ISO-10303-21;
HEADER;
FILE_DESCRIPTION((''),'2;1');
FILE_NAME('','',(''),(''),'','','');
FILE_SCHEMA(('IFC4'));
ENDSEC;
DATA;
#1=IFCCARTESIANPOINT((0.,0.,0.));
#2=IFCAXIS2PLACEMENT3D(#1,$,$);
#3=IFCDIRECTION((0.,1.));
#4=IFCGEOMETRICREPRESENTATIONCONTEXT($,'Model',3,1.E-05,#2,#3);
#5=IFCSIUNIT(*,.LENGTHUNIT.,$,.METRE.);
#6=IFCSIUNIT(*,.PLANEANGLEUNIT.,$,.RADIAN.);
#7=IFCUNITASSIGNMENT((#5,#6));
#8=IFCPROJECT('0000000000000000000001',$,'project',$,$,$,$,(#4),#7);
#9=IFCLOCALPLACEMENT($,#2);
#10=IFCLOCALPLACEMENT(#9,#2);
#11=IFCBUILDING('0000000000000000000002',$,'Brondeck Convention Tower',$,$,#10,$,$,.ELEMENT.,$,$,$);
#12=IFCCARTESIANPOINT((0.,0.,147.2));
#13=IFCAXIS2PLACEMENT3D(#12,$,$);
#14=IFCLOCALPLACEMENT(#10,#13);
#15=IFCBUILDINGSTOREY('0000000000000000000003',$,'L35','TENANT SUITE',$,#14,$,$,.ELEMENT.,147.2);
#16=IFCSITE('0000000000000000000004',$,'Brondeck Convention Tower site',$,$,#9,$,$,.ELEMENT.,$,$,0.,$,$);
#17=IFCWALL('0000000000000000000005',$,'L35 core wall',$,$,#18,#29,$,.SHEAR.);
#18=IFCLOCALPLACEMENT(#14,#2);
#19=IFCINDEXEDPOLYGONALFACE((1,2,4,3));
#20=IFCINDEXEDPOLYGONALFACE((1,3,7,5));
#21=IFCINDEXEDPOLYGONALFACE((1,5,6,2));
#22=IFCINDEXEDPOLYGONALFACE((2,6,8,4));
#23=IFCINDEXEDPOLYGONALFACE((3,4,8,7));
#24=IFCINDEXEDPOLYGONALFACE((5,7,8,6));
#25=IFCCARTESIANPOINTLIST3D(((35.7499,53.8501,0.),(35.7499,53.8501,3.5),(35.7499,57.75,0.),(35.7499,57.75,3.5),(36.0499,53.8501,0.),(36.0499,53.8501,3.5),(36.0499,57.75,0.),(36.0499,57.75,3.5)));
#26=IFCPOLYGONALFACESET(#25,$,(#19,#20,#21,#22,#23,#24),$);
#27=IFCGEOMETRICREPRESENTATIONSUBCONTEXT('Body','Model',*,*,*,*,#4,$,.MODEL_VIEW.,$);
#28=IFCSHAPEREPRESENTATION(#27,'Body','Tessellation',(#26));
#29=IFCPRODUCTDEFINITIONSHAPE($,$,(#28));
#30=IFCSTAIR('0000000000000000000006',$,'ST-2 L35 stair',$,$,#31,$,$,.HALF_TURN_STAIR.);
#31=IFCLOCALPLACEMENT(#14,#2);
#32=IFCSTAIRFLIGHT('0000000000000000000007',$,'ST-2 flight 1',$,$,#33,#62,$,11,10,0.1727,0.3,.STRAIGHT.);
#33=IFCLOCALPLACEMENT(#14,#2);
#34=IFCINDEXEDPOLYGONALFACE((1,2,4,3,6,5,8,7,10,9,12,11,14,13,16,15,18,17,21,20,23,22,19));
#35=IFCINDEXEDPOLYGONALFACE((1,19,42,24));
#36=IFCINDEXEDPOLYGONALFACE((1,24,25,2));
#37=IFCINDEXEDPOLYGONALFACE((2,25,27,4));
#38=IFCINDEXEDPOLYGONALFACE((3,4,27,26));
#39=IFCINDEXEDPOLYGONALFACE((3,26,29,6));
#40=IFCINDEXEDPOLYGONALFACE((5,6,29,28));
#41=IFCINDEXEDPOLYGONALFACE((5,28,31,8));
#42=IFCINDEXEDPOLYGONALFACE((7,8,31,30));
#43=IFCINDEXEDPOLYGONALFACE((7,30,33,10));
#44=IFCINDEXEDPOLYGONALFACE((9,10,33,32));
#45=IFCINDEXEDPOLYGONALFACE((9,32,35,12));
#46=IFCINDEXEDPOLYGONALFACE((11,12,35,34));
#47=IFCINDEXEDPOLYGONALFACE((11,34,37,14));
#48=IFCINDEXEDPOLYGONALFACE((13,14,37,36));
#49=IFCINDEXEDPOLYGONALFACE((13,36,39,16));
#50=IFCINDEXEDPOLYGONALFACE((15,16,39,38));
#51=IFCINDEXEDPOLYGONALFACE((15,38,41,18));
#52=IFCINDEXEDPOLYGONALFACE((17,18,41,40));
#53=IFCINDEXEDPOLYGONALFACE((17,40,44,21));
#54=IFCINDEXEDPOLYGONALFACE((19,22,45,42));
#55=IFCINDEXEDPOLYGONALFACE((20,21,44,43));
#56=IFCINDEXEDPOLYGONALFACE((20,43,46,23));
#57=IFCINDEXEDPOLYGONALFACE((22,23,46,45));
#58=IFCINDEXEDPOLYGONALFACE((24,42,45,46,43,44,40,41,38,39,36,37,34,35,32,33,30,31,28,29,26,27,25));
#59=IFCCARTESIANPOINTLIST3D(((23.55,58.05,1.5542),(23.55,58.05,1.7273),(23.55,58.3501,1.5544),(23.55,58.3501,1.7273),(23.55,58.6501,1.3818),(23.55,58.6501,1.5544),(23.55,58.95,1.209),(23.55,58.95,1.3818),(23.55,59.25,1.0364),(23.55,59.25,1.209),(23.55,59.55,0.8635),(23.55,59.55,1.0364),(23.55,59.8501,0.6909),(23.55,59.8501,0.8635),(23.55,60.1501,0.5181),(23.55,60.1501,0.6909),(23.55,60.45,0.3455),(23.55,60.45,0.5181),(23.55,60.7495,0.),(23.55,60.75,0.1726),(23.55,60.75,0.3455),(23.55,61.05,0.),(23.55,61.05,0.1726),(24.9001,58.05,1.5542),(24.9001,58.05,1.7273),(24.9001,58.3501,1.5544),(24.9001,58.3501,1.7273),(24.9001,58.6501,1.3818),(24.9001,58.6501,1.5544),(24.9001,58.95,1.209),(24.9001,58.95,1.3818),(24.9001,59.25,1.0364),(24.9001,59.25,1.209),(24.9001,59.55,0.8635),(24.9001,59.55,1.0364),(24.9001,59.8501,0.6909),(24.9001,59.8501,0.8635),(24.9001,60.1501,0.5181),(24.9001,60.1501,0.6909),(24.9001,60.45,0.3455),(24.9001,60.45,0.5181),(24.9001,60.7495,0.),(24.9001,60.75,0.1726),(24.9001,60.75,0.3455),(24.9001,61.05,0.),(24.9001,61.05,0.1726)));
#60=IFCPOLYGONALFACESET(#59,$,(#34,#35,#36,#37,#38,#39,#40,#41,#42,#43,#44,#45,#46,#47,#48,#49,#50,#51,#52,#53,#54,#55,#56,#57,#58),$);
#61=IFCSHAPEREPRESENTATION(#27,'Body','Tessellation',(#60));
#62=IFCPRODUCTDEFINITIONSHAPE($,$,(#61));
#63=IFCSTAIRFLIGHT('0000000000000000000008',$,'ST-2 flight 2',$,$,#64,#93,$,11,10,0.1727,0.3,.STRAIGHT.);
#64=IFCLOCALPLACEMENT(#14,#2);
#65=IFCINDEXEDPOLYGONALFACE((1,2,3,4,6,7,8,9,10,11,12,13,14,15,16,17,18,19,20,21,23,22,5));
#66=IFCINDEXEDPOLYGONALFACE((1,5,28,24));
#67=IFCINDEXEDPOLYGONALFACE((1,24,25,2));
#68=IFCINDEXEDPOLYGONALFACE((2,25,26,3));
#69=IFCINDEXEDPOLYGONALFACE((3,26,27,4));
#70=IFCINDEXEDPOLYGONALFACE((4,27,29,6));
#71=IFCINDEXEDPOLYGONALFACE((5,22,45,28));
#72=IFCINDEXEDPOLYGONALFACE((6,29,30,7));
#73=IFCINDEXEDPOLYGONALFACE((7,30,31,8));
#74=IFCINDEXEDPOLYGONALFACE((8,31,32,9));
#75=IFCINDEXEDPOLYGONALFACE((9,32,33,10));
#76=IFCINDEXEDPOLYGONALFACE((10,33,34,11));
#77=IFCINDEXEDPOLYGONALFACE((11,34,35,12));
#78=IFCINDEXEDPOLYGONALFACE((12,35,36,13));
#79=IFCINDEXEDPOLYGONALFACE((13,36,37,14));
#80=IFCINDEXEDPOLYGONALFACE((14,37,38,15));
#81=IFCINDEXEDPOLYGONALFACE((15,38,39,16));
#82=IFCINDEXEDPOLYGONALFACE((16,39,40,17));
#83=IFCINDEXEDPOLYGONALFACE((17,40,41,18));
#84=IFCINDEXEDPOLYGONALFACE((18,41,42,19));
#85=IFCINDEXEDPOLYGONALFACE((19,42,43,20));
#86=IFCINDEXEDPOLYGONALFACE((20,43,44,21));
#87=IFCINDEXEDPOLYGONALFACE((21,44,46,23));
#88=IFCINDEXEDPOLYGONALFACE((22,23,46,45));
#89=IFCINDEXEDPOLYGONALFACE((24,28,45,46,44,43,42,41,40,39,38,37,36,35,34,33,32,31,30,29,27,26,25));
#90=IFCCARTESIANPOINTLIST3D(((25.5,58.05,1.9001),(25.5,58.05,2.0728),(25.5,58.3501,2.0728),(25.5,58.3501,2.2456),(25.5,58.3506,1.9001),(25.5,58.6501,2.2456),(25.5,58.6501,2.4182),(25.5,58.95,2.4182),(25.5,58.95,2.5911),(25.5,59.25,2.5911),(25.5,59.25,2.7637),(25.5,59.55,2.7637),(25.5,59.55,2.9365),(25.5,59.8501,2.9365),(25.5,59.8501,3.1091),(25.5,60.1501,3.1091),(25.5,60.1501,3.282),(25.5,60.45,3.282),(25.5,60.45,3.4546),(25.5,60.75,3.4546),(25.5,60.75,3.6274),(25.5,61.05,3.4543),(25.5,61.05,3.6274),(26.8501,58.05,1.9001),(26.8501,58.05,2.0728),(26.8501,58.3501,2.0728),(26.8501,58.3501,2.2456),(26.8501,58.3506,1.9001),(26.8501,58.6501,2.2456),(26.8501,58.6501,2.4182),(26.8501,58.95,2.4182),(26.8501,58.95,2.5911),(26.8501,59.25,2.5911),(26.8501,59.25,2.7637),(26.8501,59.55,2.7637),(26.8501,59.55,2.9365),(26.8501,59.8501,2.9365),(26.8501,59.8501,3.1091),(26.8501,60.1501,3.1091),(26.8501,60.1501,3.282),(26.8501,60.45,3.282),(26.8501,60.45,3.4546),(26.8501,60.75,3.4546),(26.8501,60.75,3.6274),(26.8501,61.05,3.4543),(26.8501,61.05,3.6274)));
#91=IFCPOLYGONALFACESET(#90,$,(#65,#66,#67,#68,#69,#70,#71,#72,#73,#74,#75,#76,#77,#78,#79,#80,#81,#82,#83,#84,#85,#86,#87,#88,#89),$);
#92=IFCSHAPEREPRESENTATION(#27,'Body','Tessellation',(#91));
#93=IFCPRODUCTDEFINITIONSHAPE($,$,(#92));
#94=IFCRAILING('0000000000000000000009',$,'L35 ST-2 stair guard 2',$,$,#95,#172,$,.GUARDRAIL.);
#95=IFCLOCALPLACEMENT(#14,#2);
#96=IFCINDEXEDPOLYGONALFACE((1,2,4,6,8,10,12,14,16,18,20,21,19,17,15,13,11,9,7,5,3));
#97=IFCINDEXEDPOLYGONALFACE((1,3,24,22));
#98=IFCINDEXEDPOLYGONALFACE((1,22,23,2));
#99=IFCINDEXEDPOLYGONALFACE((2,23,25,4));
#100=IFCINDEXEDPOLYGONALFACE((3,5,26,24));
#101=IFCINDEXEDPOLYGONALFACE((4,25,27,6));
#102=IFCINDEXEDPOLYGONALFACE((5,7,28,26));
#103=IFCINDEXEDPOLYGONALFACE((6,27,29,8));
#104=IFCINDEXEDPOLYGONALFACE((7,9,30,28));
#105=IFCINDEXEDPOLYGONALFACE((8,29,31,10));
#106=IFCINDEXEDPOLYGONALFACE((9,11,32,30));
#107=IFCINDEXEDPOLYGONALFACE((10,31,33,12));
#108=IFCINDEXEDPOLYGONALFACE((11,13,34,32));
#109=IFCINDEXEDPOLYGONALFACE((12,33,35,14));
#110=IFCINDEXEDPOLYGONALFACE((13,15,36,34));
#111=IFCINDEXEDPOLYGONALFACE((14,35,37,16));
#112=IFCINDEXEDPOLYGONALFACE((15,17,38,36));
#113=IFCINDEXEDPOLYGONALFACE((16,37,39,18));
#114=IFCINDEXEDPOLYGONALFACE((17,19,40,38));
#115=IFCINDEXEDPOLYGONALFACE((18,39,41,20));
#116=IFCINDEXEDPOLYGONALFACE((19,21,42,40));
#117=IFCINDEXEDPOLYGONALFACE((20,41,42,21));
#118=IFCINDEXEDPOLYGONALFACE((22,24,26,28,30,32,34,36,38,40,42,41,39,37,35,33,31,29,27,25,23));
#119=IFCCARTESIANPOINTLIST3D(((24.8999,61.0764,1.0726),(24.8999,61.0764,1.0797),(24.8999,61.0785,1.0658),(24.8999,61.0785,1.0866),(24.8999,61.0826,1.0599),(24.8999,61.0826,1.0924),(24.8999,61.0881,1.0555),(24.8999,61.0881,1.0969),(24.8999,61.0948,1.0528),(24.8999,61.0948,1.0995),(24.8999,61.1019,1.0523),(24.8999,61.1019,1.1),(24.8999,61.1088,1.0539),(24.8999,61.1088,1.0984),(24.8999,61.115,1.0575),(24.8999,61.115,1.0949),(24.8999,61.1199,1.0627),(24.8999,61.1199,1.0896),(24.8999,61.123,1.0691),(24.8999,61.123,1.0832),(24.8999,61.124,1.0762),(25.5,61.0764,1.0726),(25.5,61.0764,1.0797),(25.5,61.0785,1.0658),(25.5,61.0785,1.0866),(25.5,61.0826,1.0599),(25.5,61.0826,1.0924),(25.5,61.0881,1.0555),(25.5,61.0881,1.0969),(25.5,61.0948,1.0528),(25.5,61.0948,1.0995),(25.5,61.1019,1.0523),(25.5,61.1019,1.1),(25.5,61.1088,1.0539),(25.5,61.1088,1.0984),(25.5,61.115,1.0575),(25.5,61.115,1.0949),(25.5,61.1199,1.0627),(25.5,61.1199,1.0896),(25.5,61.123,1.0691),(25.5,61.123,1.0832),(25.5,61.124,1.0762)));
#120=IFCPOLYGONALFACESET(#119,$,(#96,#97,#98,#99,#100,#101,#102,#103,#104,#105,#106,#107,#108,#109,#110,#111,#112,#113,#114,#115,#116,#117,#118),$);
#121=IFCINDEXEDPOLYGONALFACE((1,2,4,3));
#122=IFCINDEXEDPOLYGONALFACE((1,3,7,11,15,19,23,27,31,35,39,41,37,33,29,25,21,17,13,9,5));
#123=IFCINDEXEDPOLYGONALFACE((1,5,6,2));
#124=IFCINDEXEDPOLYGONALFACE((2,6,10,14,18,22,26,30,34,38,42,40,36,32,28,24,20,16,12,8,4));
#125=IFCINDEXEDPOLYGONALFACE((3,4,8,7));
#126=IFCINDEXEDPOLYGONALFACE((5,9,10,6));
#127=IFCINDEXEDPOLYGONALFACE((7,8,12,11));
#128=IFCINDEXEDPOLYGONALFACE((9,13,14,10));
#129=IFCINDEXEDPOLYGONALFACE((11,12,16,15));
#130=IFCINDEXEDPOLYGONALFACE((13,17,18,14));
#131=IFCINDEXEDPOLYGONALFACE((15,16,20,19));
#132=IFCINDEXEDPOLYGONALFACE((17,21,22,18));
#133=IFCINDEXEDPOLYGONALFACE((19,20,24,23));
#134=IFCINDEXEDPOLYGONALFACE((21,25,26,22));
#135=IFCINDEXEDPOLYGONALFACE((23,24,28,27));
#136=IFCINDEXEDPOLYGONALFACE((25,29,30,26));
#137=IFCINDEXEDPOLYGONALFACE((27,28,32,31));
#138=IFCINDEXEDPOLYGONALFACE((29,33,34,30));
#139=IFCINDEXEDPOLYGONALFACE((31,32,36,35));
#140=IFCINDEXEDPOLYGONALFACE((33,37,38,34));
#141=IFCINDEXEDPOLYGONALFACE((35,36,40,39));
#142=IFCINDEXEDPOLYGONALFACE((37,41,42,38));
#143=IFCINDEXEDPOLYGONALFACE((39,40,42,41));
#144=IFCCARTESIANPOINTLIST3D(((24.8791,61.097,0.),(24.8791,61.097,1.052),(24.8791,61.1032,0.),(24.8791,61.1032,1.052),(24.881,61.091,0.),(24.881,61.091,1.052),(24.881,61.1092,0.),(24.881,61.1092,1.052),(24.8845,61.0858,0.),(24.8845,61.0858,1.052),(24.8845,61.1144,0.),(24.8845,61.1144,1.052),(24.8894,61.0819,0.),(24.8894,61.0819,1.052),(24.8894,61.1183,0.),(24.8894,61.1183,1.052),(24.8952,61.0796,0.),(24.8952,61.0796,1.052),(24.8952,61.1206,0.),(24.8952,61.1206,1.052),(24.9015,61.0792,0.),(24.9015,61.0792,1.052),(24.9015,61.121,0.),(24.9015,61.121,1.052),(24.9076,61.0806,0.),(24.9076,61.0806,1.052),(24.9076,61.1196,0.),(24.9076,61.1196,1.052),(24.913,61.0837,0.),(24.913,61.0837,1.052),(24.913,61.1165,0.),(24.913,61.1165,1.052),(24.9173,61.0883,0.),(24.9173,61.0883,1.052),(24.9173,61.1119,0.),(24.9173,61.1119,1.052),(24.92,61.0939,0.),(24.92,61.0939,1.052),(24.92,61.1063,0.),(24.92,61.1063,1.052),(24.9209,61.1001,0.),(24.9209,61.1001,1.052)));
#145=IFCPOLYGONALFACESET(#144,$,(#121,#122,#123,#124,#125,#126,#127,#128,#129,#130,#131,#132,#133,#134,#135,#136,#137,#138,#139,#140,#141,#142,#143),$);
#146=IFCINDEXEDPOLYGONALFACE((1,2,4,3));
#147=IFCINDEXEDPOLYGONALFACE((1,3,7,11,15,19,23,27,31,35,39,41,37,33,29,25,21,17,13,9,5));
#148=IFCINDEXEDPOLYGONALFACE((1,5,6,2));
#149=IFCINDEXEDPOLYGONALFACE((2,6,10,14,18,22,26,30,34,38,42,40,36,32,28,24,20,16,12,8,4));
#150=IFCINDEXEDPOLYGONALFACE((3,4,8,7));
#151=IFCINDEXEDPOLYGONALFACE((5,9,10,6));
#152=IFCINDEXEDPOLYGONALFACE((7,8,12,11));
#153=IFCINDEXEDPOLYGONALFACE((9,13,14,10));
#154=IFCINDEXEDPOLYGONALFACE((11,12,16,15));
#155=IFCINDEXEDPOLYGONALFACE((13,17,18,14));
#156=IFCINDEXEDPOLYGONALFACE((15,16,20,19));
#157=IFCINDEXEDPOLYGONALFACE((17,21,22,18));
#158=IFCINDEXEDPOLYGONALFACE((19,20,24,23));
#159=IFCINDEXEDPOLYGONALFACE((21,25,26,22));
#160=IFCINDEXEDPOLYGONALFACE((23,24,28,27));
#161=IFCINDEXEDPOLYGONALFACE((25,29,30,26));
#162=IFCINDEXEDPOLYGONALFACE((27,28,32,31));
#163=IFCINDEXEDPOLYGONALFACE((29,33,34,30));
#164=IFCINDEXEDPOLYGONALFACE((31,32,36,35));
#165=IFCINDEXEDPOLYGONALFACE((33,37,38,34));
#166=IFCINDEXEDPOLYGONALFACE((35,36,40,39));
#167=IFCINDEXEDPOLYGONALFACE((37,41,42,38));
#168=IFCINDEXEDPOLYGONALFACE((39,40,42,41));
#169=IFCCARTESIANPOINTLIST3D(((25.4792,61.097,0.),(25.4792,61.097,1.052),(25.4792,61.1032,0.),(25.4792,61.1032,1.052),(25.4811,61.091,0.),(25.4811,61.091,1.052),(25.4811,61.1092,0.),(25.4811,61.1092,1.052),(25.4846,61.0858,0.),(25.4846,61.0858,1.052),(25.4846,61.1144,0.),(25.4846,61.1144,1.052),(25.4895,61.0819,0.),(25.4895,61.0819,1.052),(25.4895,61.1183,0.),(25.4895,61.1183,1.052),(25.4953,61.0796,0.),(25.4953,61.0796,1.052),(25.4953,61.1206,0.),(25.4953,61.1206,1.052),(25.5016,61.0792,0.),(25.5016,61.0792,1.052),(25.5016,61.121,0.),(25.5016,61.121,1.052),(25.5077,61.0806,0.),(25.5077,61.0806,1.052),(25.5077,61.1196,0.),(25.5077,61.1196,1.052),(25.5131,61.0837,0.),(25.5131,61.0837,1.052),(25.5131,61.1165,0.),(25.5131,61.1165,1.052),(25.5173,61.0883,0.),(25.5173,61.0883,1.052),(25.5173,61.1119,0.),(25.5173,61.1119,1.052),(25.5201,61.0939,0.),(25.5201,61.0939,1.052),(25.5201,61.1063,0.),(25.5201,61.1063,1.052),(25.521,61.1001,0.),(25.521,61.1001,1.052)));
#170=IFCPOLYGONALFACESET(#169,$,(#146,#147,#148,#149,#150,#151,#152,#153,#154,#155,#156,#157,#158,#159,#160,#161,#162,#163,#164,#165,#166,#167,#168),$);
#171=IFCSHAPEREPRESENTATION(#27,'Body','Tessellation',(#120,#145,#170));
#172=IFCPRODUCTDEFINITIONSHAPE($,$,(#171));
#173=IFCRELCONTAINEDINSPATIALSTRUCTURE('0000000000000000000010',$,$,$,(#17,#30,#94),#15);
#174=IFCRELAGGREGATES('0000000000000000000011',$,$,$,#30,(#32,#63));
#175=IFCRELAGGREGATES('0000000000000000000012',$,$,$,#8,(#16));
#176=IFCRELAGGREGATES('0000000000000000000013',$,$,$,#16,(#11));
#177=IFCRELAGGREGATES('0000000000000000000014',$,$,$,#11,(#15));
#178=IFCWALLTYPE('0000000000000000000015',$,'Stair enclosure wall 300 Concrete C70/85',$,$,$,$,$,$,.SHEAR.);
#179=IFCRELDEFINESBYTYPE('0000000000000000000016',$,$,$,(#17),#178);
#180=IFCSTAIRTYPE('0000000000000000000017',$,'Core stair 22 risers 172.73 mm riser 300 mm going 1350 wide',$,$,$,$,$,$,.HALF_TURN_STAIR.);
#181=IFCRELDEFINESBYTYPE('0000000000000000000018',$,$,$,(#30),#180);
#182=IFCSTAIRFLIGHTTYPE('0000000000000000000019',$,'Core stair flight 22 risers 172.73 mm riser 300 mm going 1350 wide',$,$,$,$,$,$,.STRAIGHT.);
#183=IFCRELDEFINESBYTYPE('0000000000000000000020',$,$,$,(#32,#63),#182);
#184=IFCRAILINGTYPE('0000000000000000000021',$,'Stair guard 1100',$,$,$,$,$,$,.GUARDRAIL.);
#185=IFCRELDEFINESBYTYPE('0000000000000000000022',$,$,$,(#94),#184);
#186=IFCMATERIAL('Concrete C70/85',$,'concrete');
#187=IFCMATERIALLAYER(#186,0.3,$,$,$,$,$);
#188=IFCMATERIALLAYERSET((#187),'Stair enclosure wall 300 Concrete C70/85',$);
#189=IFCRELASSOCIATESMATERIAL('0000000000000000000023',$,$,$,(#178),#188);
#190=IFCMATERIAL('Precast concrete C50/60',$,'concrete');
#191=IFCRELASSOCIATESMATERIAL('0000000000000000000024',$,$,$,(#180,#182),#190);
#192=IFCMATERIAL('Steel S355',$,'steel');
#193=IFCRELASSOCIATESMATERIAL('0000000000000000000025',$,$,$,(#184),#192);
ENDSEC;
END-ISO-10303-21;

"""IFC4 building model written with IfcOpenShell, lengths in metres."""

from ifc_helpers import new_model, si_unit, direction, frame, frame_2d, origin, origin_2d, place, context, subcontext, project, spatial, polyline, rectangle, circle, outline, extrude, material, layer, layer_set, type_object, element, aggregate, save


model = new_model("IFC4")

# Units and contexts
model_context = context("Model", 3, precision=1e-05, world=origin(), true_north=direction((0.0, 1.0)))
body_context = subcontext(model_context, "Body", "Model", "MODEL_VIEW")
ifc_project = project(units=[si_unit("LENGTHUNIT", "METRE"), si_unit("PLANEANGLEUNIT", "RADIAN")], contexts=[model_context])

# Site, building, storey
site_placement = place(None, origin())
site = spatial("IfcSite", under=ifc_project, at=site_placement, Name="Brondeck Convention Tower site", CompositionType="ELEMENT", RefElevation=0.0)
building_placement = place(site_placement, origin())
building = spatial("IfcBuilding", under=site, at=building_placement, Name="Brondeck Convention Tower", CompositionType="ELEMENT")
storey_placement = place(building_placement, frame((0.0, 0.0, 147.2)))
storey = spatial("IfcBuildingStorey", under=building, at=storey_placement, Name="L35", Description="TENANT SUITE", CompositionType="ELEMENT", Elevation=147.2)

# Shared definitions
ifc_material_1 = material(Name="Concrete C70/85", Category="concrete")

# Shared definitions
ifc_layer_1 = layer(ifc_material_1, 0.3)
ifc_layer_set_1 = layer_set([ifc_layer_1], Name="Stair enclosure wall 300 Concrete C70/85")
wall_type_1 = type_object("IfcWallType", Name="Stair enclosure wall 300 Concrete C70/85", PredefinedType="SHEAR", material=ifc_layer_set_1)

# Wall
wall_1_placement = place(storey_placement, frame((35.8999, 53.8501, 0.0), z_axis=(0.0, 0.0, 1.0), x_axis=(0.0, 1.0, 0.0)))
element("IfcWall", 1, at=wall_1_placement, inside=storey, type_object=wall_type_1, Name="L35 core wall", PredefinedType="SHEAR", context=body_context, shape_type="SweptSolid", body=[
    extrude(rectangle(XDim=3.8999, YDim=0.3, at=frame_2d((1.95, 0.0))), origin(), (0.0, 0.0, 1.0), 3.5),
])

# Stair, stair flights
ifc_material_2 = material(Name="Precast concrete C50/60", Category="concrete")
stair_type = type_object("IfcStairType", Name="Core stair 22 risers 172.73 mm riser 300 mm going 1350 wide", PredefinedType="HALF_TURN_STAIR", material=ifc_material_2)
stair_placement = place(storey_placement, origin())
stair = element("IfcStair", 2, at=stair_placement, inside=storey, type_object=stair_type, Name="ST-2 L35 stair", PredefinedType="HALF_TURN_STAIR")
stair_flight_type = type_object("IfcStairFlightType", Name="Core stair flight 22 risers 172.73 mm riser 300 mm going 1350 wide", PredefinedType="STRAIGHT", material=ifc_material_2)
stair_flight_1_placement = place(storey_placement, frame((24.2251, 61.05, 0.0), z_axis=(0.0, 0.0, 1.0), x_axis=(0.0, -1.0, 0.0)))
stair_flight_1 = element("IfcStairFlight", 3, at=stair_flight_1_placement, type_object=stair_flight_type, Name="ST-2 flight 1", NumberOfRisers=11, NumberOfTreads=10, PredefinedType="STRAIGHT", RiserHeight=0.1727, TreadLength=0.3, context=body_context, shape_type="SweptSolid", body=[
    extrude(outline(polyline([(0.0, 0.0), (0.0, 0.1726), (0.3, 0.1726), (0.3, 0.3455), (0.6001, 0.3455), (0.6001, 0.5181), (0.8999, 0.5181), (0.8999, 0.6909), (1.2, 0.6909), (1.2, 0.8635), (1.5, 0.8635), (1.5, 1.0364), (1.8, 1.0364), (1.8, 1.209), (2.1001, 1.209), (2.1001, 1.3818), (2.3999, 1.3818), (2.3999, 1.5544), (2.7, 1.5544), (2.7, 1.7273), (3.0, 1.7273), (3.0, 1.8999), (3.0, 1.5542), (0.3005, 0.0), (0.0, 0.0)])), frame((0.0, 0.675, 0.0), z_axis=(0.0, -1.0, 0.0), x_axis=(1.0, 0.0, 0.0)), (0.0, 0.0, 1.0), 1.3501),
])
stair_flight_2_placement = place(storey_placement, frame((26.175, 58.05, 1.9001), z_axis=(0.0, 0.0, 1.0), x_axis=(0.0, 1.0, 0.0)))
stair_flight_2 = element("IfcStairFlight", 4, at=stair_flight_2_placement, type_object=stair_flight_type, Name="ST-2 flight 2", NumberOfRisers=11, NumberOfTreads=10, PredefinedType="STRAIGHT", RiserHeight=0.1727, TreadLength=0.3, context=body_context, shape_type="SweptSolid", body=[
    extrude(outline(polyline([(0.0, 0.0), (0.0, 0.1726), (0.3, 0.1726), (0.3, 0.3455), (0.6001, 0.3455), (0.6001, 0.5181), (0.8999, 0.5181), (0.8999, 0.6909), (1.2, 0.6909), (1.2, 0.8635), (1.5, 0.8635), (1.5, 1.0364), (1.8, 1.0364), (1.8, 1.209), (2.1001, 1.209), (2.1001, 1.3818), (2.3999, 1.3818), (2.3999, 1.5544), (2.7, 1.5544), (2.7, 1.7273), (3.0, 1.7273), (3.0, 1.8999), (3.0, 1.5542), (0.3005, 0.0), (0.0, 0.0)])), frame((0.0, 0.675, 0.0), z_axis=(0.0, -1.0, 0.0), x_axis=(1.0, 0.0, 0.0)), (0.0, 0.0, 1.0), 1.3501),
])
aggregate(stair, [stair_flight_1, stair_flight_2])

# Railing
ifc_material_3 = material(Name="Steel S355", Category="steel")
railing_type_1 = type_object("IfcRailingType", Name="Stair guard 1100", PredefinedType="GUARDRAIL", material=ifc_material_3)
railing_1_placement = place(storey_placement, frame((24.8999, 61.1001, 0.0)))
element("IfcRailing", 5, at=railing_1_placement, inside=storey, type_object=railing_type_1, Name="L35 ST-2 stair guard 2", PredefinedType="GUARDRAIL", context=body_context, shape_type="SweptSolid", body=[
    extrude(circle(Radius=0.0239, at=origin_2d()), frame((0.0, 0.0, 1.0762), z_axis=(1.0, 0.0, 0.0), x_axis=(0.0, 1.0, 0.0)), (0.0, 0.0, 1.0), 0.6001),
    extrude(circle(Radius=0.021, at=origin_2d()), origin(), (0.0, 0.0, 1.0), 1.052),
    extrude(circle(Radius=0.021, at=origin_2d()), frame((0.6001, 0.0, 0.0)), (0.0, 0.0, 1.0), 1.052),
])

save(model, "model.ifc")
